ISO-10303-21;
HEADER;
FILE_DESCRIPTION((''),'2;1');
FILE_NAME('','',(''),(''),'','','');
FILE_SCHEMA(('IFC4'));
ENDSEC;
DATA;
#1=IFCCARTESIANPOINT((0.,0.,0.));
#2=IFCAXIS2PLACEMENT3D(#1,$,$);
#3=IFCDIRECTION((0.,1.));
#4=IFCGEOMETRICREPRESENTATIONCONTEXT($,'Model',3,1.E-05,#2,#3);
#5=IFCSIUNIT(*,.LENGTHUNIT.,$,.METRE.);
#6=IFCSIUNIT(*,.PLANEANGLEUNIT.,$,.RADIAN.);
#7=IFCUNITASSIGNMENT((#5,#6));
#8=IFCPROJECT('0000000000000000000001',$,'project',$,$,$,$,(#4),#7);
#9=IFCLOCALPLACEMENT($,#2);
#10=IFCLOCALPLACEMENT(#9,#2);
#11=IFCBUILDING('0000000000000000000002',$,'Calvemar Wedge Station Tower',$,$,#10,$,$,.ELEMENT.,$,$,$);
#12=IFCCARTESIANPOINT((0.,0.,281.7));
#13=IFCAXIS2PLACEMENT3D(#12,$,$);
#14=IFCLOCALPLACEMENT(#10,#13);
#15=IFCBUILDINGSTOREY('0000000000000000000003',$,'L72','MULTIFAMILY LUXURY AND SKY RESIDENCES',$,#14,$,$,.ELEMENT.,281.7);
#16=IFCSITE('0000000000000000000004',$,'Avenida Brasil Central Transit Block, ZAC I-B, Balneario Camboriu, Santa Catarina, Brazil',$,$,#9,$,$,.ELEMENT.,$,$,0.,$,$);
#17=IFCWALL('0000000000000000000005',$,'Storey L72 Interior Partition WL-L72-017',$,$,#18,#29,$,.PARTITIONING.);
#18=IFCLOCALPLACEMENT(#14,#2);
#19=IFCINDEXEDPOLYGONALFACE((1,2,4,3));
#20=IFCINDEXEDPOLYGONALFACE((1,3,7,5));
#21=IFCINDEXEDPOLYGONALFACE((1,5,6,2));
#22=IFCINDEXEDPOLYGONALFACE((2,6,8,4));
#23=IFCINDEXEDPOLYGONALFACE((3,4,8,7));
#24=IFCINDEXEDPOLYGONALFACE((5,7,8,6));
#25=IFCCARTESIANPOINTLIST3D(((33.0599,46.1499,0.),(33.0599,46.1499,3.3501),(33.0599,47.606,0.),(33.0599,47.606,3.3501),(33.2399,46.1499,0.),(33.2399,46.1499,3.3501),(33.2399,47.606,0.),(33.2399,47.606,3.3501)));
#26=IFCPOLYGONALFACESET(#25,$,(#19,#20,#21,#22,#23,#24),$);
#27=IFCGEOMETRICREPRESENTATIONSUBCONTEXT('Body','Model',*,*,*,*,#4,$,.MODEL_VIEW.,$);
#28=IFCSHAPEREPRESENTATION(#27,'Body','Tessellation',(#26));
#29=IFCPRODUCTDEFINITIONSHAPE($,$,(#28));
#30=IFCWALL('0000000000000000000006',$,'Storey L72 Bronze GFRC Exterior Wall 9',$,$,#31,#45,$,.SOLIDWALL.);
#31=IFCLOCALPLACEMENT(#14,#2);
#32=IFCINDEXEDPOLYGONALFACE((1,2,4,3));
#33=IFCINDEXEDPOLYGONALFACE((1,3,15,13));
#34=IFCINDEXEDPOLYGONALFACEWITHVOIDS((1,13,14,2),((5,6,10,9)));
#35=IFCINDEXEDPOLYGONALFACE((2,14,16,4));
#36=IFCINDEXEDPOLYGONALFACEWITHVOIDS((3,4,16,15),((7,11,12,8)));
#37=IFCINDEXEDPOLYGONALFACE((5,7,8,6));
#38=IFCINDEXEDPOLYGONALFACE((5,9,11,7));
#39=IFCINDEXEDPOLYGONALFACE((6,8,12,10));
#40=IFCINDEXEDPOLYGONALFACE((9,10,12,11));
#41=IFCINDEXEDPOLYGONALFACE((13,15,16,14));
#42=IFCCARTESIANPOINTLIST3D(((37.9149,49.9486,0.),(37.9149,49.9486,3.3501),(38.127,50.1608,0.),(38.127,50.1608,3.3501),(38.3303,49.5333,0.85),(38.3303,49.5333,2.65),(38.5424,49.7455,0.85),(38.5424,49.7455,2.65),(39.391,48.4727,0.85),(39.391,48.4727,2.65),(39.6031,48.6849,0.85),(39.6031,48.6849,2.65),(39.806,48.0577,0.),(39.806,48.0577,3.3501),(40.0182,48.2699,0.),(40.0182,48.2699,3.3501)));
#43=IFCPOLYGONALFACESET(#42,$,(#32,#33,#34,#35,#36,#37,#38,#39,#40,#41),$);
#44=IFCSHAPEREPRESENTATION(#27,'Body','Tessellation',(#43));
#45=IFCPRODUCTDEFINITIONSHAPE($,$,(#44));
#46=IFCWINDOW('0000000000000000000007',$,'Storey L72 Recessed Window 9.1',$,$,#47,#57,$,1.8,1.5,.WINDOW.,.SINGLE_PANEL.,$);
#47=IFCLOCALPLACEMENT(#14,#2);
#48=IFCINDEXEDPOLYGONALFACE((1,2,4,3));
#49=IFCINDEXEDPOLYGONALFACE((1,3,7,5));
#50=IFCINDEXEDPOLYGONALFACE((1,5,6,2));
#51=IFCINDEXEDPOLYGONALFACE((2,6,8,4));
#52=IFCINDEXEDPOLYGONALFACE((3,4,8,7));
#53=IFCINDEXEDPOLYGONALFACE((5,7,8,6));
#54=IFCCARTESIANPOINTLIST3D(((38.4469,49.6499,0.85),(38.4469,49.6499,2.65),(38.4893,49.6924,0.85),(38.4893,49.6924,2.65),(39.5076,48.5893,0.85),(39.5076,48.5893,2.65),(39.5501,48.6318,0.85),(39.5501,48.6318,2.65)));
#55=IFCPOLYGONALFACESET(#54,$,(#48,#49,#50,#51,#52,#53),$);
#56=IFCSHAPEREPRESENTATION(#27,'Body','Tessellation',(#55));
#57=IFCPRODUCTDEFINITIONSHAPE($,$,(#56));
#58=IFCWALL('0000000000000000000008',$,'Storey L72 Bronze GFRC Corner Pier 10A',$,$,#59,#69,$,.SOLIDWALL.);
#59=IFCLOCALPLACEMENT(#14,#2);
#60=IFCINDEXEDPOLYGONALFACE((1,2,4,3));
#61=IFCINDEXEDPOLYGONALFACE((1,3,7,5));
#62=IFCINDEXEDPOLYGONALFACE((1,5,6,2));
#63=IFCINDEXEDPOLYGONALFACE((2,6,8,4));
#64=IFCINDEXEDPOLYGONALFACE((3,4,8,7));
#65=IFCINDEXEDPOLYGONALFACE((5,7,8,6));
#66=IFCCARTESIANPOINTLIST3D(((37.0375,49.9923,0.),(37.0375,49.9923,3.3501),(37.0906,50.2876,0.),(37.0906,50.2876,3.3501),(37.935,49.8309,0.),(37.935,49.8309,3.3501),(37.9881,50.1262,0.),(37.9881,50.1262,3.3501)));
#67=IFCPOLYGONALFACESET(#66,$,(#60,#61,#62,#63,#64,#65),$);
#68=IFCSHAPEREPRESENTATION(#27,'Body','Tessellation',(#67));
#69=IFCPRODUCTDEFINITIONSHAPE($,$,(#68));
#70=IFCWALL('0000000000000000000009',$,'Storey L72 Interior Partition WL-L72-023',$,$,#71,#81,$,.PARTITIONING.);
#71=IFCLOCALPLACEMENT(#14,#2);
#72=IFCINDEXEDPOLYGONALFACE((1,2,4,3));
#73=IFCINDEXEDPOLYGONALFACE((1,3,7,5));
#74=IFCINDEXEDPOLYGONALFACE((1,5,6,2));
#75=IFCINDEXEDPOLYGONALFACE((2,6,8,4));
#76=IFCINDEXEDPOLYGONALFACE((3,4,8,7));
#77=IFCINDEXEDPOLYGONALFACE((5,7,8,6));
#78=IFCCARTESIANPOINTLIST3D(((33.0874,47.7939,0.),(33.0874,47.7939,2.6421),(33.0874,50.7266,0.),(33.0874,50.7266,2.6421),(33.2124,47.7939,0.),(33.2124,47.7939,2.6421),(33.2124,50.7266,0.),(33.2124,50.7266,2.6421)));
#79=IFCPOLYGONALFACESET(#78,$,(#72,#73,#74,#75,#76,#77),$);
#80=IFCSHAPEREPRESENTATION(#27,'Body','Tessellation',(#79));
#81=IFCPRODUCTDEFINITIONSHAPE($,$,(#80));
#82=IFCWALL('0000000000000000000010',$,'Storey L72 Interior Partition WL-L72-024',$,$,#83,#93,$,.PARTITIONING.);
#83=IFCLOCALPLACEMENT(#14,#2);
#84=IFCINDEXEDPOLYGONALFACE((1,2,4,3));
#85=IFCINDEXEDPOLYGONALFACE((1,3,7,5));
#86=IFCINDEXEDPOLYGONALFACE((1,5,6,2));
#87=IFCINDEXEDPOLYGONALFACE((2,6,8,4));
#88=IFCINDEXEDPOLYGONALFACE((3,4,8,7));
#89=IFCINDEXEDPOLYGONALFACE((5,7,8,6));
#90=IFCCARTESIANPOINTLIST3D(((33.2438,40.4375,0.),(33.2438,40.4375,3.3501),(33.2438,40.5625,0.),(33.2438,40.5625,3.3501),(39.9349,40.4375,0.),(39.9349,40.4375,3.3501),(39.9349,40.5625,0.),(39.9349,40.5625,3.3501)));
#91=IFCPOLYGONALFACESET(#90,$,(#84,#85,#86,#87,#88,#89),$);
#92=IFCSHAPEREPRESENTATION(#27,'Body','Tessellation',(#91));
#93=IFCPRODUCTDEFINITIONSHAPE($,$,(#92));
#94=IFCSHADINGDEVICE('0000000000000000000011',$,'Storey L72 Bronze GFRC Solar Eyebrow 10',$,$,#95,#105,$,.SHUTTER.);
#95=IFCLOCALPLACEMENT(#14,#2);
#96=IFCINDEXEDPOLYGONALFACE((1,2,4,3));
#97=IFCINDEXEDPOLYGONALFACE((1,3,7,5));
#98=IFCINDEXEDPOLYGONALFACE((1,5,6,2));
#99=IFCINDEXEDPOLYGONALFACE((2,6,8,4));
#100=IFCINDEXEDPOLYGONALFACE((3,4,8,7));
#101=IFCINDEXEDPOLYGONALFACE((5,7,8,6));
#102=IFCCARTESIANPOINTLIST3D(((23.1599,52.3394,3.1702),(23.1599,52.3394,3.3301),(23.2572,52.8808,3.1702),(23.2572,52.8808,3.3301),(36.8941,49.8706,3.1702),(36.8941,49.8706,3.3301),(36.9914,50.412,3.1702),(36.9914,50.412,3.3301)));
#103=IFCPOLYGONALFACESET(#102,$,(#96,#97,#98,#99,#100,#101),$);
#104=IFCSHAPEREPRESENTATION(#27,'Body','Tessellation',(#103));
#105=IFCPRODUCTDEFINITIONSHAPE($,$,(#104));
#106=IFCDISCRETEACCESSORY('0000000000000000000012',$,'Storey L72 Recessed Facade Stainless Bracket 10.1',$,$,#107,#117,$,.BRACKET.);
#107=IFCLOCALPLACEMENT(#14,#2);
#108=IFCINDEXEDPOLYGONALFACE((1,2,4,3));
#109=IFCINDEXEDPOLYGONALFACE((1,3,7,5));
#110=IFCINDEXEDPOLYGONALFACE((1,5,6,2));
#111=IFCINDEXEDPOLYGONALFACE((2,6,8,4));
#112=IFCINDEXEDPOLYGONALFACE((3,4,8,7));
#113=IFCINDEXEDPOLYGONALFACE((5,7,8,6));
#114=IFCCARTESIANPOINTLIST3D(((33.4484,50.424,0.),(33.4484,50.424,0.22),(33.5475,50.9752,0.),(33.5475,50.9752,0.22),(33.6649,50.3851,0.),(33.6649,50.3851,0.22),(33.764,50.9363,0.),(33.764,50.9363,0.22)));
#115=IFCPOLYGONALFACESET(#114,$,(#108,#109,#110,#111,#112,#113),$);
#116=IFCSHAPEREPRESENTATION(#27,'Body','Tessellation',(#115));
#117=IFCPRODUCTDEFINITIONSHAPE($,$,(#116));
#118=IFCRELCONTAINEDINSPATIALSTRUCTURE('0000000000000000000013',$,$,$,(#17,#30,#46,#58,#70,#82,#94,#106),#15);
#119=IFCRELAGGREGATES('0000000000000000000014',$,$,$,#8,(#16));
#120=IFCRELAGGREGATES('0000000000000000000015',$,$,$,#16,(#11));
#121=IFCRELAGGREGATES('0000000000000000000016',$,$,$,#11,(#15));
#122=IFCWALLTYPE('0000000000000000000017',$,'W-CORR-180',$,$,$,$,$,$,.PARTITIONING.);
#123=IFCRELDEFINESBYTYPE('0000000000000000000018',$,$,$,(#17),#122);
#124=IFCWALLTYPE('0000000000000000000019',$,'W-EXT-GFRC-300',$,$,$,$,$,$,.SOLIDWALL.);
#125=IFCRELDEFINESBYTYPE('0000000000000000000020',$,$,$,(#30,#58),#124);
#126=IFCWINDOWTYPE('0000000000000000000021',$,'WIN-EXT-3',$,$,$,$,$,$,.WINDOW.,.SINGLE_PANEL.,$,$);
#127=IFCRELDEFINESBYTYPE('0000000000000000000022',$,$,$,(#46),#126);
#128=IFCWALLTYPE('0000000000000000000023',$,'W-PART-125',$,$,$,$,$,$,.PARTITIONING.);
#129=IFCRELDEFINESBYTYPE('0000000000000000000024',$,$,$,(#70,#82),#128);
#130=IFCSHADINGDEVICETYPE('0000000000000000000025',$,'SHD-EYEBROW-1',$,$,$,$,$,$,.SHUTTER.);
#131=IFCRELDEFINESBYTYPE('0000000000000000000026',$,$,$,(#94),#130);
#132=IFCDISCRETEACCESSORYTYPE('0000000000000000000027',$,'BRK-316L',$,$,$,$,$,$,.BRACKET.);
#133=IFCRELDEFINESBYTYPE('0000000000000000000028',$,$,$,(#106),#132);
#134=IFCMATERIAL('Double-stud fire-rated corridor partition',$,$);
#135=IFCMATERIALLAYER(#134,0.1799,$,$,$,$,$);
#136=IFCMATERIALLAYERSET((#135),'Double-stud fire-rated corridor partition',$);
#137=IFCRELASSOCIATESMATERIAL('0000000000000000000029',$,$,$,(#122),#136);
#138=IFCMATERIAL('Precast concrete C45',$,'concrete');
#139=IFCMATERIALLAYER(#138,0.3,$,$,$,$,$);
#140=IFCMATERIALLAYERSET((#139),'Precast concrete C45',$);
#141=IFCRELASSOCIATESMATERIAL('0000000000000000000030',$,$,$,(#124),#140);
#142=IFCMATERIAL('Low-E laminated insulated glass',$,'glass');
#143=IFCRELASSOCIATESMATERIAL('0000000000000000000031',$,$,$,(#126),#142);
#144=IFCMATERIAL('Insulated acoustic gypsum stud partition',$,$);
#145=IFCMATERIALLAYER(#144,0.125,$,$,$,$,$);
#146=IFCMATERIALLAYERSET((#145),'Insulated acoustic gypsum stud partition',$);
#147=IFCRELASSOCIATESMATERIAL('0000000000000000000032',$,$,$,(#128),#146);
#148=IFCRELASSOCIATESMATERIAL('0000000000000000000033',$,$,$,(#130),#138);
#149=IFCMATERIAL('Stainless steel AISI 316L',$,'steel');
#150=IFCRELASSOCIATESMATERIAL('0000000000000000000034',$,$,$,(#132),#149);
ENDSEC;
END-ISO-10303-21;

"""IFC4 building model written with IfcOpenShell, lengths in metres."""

from ifc_helpers import new_model, si_unit, direction, frame, frame_2d, origin, origin_2d, place, context, subcontext, project, spatial, rectangle, extrude, source, transform, mapped, material, layer, layer_set, type_object, element, fill, save


model = new_model("IFC4")

# Units and contexts
model_context = context("Model", 3, precision=1e-05, world=origin(), true_north=direction((0.0, 1.0)))
body_context = subcontext(model_context, "Body", "Model", "MODEL_VIEW")
ifc_project = project(units=[si_unit("LENGTHUNIT", "METRE"), si_unit("PLANEANGLEUNIT", "RADIAN")], contexts=[model_context])

# Site, building, storey
site_placement = place(None, origin())
site = spatial("IfcSite", under=ifc_project, at=site_placement, Name="Avenida Brasil Central Transit Block, ZAC I-B, Balneario Camboriu, Santa Catarina, Brazil", CompositionType="ELEMENT", RefElevation=0.0)
building_placement = place(site_placement, origin())
building = spatial("IfcBuilding", under=site, at=building_placement, Name="Calvemar Wedge Station Tower", CompositionType="ELEMENT")
storey_placement = place(building_placement, frame((0.0, 0.0, 281.7)))
storey = spatial("IfcBuildingStorey", under=building, at=storey_placement, Name="L72", Description="MULTIFAMILY LUXURY AND SKY RESIDENCES", CompositionType="ELEMENT", Elevation=281.7)

# Shared definitions
ifc_material_1 = material(Name="Low-E laminated insulated glass", Category="glass")

# Wall
ifc_material_2 = material(Name="Double-stud fire-rated corridor partition")
ifc_layer_1 = layer(ifc_material_2, 0.1799)
ifc_layer_set_1 = layer_set([ifc_layer_1], Name="Double-stud fire-rated corridor partition")
wall_type_1 = type_object("IfcWallType", Name="W-CORR-180", PredefinedType="PARTITIONING", material=ifc_layer_set_1)
wall_1_placement = place(storey_placement, frame((33.1499, 47.606, 0.0), z_axis=(0.0, 0.0, 1.0), x_axis=(0.0, -1.0, 0.0)))
element("IfcWall", 1, at=wall_1_placement, inside=storey, type_object=wall_type_1, Name="Storey L72 Interior Partition WL-L72-017", PredefinedType="PARTITIONING", context=body_context, shape_type="SweptSolid", body=[
    extrude(rectangle(XDim=1.4561, YDim=0.1799, at=frame_2d((0.728, 0.0))), origin(), (0.0, 0.0, 1.0), 3.3501),
])

# Wall, opening, window
ifc_material_3 = material(Name="Precast concrete C45", Category="concrete")
ifc_layer_2 = layer(ifc_material_3, 0.3)
ifc_layer_set_2 = layer_set([ifc_layer_2], Name="Precast concrete C45")
wall_type_2 = type_object("IfcWallType", Name="W-EXT-GFRC-300", PredefinedType="SOLIDWALL", material=ifc_layer_set_2)
wall_2_placement = place(storey_placement, frame((39.9121, 48.1638, 0.0), z_axis=(0.0, 0.0, 1.0), x_axis=(-0.707152, 0.707061, 0.0)))
wall_2 = element("IfcWall", 2, at=wall_2_placement, inside=storey, type_object=wall_type_2, Name="Storey L72 Bronze GFRC Exterior Wall 9", PredefinedType="SOLIDWALL", context=body_context, shape_type="SweptSolid", body=[
    extrude(rectangle(XDim=2.6743, YDim=0.3, at=frame_2d((1.3372, 0.0))), origin(), (0.0, 0.0, 1.0), 3.3501),
])
shared_shape_1 = source(origin(), body_context, "Body", "SweptSolid", [
    extrude(rectangle(XDim=1.5, YDim=1.8, at=frame_2d((0.75, 0.8999))), frame((0.0, 0.1602, 0.0), z_axis=(0.0, -1.0, 0.0), x_axis=(1.0, 0.0, 0.0)), (0.0, 0.0, 1.0), 0.3201),
])
opening_1_placement = place(wall_2_placement, frame((0.5869, 0.0, 0.8501)))
opening_1 = element("IfcOpeningElement", 3, at=opening_1_placement, cuts=wall_2, PredefinedType="OPENING", context=body_context, shape_type="MappedRepresentation", body=[
    mapped(shared_shape_1, transform((0.0, 0.0, 0.0), scale=1.0)),
])
window_type = type_object("IfcWindowType", Name="WIN-EXT-3", PartitioningType="SINGLE_PANEL", PredefinedType="WINDOW", material=ifc_material_1)
shared_shape_2 = source(origin(), body_context, "Body", "SweptSolid", [
    extrude(rectangle(XDim=1.5, YDim=1.8, at=frame_2d((0.75, 0.8999))), frame((0.0, -0.0149, 0.0), z_axis=(0.0, -1.0, 0.0), x_axis=(1.0, 0.0, 0.0)), (0.0, 0.0, 1.0), 0.0601),
])
window_placement = place(opening_1_placement, origin())
window = element("IfcWindow", 4, at=window_placement, inside=storey, type_object=window_type, Name="Storey L72 Recessed Window 9.1", OverallHeight=1.8, OverallWidth=1.5, PartitioningType="SINGLE_PANEL", PredefinedType="WINDOW", context=body_context, shape_type="MappedRepresentation", body=[
    mapped(shared_shape_2, transform((0.0, 0.0, 0.0), scale=1.0)),
])
fill(opening_1, window)

# Walls
wall_3_placement = place(storey_placement, frame((37.9617, 49.9785, 0.0), z_axis=(0.0, 0.0, 1.0), x_axis=(-0.984215, 0.176977, 0.0)))
element("IfcWall", 5, at=wall_3_placement, inside=storey, type_object=wall_type_2, Name="Storey L72 Bronze GFRC Corner Pier 10A", PredefinedType="SOLIDWALL", context=body_context, shape_type="SweptSolid", body=[
    extrude(rectangle(XDim=0.9119, YDim=0.3, at=frame_2d((0.4561, 0.0))), origin(), (0.0, 0.0, 1.0), 3.3501),
])
ifc_material_4 = material(Name="Insulated acoustic gypsum stud partition")
ifc_layer_3 = layer(ifc_material_4, 0.125)
ifc_layer_set_3 = layer_set([ifc_layer_3], Name="Insulated acoustic gypsum stud partition")
wall_type_3 = type_object("IfcWallType", Name="W-PART-125", PredefinedType="PARTITIONING", material=ifc_layer_set_3)
wall_4_placement = place(storey_placement, frame((33.1499, 50.7266, 0.0), z_axis=(0.0, 0.0, 1.0), x_axis=(0.0, -1.0, 0.0)))
element("IfcWall", 6, at=wall_4_placement, inside=storey, type_object=wall_type_3, Name="Storey L72 Interior Partition WL-L72-023", PredefinedType="PARTITIONING", context=body_context, shape_type="SweptSolid", body=[
    extrude(rectangle(XDim=2.9326, YDim=0.125, at=frame_2d((1.4663, 0.0))), origin(), (0.0, 0.0, 1.0), 2.6421),
])
wall_5_placement = place(storey_placement, frame((39.9351, 40.5, 0.0), z_axis=(0.0, 0.0, 1.0), x_axis=(-1.0, 0.0, 0.0)))
element("IfcWall", 7, at=wall_5_placement, inside=storey, type_object=wall_type_3, Name="Storey L72 Interior Partition WL-L72-024", PredefinedType="PARTITIONING", context=body_context, shape_type="SweptSolid", body=[
    extrude(rectangle(XDim=6.6912, YDim=0.125, at=frame_2d((3.3457, 0.0))), origin(), (0.0, 0.0, 1.0), 3.3501),
])

# Shading device
shading_device_type = type_object("IfcShadingDeviceType", Name="SHD-EYEBROW-1", PredefinedType="SHUTTER", material=ifc_material_3)
shading_device_placement = place(storey_placement, frame((36.9426, 50.1414, 3.1702), z_axis=(0.0, 0.0, 1.0), x_axis=(-0.984226, 0.176917, 0.0)))
element("IfcShadingDevice", 8, at=shading_device_placement, inside=storey, type_object=shading_device_type, Name="Storey L72 Bronze GFRC Solar Eyebrow 10", PredefinedType="SHUTTER", context=body_context, shape_type="SweptSolid", body=[
    extrude(rectangle(XDim=13.9543, YDim=0.55, at=frame_2d((6.9771, 0.0))), origin(), (0.0, 0.0, 1.0), 0.1599),
])

# Discrete accessory
ifc_material_5 = material(Name="Stainless steel AISI 316L", Category="steel")
discrete_accessory_type = type_object("IfcDiscreteAccessoryType", Name="BRK-316L", PredefinedType="BRACKET", material=ifc_material_5)
shared_shape_3 = source(origin(), body_context, "Body", "SweptSolid", [
    extrude(rectangle(XDim=0.22, YDim=0.5601, at=origin_2d()), origin(), (0.0, 0.0, 1.0), 0.22),
])
discrete_accessory_placement = place(storey_placement, frame((33.6062, 50.6802, 0.0), z_axis=(0.0, 0.0, 1.0), x_axis=(-0.984227, 0.176913, 0.0)))
element("IfcDiscreteAccessory", 9, at=discrete_accessory_placement, inside=storey, type_object=discrete_accessory_type, Name="Storey L72 Recessed Facade Stainless Bracket 10.1", PredefinedType="BRACKET", context=body_context, shape_type="MappedRepresentation", body=[
    mapped(shared_shape_3, transform((0.0, 0.0, 0.0), scale=1.0)),
])

save(model, "model.ifc")
